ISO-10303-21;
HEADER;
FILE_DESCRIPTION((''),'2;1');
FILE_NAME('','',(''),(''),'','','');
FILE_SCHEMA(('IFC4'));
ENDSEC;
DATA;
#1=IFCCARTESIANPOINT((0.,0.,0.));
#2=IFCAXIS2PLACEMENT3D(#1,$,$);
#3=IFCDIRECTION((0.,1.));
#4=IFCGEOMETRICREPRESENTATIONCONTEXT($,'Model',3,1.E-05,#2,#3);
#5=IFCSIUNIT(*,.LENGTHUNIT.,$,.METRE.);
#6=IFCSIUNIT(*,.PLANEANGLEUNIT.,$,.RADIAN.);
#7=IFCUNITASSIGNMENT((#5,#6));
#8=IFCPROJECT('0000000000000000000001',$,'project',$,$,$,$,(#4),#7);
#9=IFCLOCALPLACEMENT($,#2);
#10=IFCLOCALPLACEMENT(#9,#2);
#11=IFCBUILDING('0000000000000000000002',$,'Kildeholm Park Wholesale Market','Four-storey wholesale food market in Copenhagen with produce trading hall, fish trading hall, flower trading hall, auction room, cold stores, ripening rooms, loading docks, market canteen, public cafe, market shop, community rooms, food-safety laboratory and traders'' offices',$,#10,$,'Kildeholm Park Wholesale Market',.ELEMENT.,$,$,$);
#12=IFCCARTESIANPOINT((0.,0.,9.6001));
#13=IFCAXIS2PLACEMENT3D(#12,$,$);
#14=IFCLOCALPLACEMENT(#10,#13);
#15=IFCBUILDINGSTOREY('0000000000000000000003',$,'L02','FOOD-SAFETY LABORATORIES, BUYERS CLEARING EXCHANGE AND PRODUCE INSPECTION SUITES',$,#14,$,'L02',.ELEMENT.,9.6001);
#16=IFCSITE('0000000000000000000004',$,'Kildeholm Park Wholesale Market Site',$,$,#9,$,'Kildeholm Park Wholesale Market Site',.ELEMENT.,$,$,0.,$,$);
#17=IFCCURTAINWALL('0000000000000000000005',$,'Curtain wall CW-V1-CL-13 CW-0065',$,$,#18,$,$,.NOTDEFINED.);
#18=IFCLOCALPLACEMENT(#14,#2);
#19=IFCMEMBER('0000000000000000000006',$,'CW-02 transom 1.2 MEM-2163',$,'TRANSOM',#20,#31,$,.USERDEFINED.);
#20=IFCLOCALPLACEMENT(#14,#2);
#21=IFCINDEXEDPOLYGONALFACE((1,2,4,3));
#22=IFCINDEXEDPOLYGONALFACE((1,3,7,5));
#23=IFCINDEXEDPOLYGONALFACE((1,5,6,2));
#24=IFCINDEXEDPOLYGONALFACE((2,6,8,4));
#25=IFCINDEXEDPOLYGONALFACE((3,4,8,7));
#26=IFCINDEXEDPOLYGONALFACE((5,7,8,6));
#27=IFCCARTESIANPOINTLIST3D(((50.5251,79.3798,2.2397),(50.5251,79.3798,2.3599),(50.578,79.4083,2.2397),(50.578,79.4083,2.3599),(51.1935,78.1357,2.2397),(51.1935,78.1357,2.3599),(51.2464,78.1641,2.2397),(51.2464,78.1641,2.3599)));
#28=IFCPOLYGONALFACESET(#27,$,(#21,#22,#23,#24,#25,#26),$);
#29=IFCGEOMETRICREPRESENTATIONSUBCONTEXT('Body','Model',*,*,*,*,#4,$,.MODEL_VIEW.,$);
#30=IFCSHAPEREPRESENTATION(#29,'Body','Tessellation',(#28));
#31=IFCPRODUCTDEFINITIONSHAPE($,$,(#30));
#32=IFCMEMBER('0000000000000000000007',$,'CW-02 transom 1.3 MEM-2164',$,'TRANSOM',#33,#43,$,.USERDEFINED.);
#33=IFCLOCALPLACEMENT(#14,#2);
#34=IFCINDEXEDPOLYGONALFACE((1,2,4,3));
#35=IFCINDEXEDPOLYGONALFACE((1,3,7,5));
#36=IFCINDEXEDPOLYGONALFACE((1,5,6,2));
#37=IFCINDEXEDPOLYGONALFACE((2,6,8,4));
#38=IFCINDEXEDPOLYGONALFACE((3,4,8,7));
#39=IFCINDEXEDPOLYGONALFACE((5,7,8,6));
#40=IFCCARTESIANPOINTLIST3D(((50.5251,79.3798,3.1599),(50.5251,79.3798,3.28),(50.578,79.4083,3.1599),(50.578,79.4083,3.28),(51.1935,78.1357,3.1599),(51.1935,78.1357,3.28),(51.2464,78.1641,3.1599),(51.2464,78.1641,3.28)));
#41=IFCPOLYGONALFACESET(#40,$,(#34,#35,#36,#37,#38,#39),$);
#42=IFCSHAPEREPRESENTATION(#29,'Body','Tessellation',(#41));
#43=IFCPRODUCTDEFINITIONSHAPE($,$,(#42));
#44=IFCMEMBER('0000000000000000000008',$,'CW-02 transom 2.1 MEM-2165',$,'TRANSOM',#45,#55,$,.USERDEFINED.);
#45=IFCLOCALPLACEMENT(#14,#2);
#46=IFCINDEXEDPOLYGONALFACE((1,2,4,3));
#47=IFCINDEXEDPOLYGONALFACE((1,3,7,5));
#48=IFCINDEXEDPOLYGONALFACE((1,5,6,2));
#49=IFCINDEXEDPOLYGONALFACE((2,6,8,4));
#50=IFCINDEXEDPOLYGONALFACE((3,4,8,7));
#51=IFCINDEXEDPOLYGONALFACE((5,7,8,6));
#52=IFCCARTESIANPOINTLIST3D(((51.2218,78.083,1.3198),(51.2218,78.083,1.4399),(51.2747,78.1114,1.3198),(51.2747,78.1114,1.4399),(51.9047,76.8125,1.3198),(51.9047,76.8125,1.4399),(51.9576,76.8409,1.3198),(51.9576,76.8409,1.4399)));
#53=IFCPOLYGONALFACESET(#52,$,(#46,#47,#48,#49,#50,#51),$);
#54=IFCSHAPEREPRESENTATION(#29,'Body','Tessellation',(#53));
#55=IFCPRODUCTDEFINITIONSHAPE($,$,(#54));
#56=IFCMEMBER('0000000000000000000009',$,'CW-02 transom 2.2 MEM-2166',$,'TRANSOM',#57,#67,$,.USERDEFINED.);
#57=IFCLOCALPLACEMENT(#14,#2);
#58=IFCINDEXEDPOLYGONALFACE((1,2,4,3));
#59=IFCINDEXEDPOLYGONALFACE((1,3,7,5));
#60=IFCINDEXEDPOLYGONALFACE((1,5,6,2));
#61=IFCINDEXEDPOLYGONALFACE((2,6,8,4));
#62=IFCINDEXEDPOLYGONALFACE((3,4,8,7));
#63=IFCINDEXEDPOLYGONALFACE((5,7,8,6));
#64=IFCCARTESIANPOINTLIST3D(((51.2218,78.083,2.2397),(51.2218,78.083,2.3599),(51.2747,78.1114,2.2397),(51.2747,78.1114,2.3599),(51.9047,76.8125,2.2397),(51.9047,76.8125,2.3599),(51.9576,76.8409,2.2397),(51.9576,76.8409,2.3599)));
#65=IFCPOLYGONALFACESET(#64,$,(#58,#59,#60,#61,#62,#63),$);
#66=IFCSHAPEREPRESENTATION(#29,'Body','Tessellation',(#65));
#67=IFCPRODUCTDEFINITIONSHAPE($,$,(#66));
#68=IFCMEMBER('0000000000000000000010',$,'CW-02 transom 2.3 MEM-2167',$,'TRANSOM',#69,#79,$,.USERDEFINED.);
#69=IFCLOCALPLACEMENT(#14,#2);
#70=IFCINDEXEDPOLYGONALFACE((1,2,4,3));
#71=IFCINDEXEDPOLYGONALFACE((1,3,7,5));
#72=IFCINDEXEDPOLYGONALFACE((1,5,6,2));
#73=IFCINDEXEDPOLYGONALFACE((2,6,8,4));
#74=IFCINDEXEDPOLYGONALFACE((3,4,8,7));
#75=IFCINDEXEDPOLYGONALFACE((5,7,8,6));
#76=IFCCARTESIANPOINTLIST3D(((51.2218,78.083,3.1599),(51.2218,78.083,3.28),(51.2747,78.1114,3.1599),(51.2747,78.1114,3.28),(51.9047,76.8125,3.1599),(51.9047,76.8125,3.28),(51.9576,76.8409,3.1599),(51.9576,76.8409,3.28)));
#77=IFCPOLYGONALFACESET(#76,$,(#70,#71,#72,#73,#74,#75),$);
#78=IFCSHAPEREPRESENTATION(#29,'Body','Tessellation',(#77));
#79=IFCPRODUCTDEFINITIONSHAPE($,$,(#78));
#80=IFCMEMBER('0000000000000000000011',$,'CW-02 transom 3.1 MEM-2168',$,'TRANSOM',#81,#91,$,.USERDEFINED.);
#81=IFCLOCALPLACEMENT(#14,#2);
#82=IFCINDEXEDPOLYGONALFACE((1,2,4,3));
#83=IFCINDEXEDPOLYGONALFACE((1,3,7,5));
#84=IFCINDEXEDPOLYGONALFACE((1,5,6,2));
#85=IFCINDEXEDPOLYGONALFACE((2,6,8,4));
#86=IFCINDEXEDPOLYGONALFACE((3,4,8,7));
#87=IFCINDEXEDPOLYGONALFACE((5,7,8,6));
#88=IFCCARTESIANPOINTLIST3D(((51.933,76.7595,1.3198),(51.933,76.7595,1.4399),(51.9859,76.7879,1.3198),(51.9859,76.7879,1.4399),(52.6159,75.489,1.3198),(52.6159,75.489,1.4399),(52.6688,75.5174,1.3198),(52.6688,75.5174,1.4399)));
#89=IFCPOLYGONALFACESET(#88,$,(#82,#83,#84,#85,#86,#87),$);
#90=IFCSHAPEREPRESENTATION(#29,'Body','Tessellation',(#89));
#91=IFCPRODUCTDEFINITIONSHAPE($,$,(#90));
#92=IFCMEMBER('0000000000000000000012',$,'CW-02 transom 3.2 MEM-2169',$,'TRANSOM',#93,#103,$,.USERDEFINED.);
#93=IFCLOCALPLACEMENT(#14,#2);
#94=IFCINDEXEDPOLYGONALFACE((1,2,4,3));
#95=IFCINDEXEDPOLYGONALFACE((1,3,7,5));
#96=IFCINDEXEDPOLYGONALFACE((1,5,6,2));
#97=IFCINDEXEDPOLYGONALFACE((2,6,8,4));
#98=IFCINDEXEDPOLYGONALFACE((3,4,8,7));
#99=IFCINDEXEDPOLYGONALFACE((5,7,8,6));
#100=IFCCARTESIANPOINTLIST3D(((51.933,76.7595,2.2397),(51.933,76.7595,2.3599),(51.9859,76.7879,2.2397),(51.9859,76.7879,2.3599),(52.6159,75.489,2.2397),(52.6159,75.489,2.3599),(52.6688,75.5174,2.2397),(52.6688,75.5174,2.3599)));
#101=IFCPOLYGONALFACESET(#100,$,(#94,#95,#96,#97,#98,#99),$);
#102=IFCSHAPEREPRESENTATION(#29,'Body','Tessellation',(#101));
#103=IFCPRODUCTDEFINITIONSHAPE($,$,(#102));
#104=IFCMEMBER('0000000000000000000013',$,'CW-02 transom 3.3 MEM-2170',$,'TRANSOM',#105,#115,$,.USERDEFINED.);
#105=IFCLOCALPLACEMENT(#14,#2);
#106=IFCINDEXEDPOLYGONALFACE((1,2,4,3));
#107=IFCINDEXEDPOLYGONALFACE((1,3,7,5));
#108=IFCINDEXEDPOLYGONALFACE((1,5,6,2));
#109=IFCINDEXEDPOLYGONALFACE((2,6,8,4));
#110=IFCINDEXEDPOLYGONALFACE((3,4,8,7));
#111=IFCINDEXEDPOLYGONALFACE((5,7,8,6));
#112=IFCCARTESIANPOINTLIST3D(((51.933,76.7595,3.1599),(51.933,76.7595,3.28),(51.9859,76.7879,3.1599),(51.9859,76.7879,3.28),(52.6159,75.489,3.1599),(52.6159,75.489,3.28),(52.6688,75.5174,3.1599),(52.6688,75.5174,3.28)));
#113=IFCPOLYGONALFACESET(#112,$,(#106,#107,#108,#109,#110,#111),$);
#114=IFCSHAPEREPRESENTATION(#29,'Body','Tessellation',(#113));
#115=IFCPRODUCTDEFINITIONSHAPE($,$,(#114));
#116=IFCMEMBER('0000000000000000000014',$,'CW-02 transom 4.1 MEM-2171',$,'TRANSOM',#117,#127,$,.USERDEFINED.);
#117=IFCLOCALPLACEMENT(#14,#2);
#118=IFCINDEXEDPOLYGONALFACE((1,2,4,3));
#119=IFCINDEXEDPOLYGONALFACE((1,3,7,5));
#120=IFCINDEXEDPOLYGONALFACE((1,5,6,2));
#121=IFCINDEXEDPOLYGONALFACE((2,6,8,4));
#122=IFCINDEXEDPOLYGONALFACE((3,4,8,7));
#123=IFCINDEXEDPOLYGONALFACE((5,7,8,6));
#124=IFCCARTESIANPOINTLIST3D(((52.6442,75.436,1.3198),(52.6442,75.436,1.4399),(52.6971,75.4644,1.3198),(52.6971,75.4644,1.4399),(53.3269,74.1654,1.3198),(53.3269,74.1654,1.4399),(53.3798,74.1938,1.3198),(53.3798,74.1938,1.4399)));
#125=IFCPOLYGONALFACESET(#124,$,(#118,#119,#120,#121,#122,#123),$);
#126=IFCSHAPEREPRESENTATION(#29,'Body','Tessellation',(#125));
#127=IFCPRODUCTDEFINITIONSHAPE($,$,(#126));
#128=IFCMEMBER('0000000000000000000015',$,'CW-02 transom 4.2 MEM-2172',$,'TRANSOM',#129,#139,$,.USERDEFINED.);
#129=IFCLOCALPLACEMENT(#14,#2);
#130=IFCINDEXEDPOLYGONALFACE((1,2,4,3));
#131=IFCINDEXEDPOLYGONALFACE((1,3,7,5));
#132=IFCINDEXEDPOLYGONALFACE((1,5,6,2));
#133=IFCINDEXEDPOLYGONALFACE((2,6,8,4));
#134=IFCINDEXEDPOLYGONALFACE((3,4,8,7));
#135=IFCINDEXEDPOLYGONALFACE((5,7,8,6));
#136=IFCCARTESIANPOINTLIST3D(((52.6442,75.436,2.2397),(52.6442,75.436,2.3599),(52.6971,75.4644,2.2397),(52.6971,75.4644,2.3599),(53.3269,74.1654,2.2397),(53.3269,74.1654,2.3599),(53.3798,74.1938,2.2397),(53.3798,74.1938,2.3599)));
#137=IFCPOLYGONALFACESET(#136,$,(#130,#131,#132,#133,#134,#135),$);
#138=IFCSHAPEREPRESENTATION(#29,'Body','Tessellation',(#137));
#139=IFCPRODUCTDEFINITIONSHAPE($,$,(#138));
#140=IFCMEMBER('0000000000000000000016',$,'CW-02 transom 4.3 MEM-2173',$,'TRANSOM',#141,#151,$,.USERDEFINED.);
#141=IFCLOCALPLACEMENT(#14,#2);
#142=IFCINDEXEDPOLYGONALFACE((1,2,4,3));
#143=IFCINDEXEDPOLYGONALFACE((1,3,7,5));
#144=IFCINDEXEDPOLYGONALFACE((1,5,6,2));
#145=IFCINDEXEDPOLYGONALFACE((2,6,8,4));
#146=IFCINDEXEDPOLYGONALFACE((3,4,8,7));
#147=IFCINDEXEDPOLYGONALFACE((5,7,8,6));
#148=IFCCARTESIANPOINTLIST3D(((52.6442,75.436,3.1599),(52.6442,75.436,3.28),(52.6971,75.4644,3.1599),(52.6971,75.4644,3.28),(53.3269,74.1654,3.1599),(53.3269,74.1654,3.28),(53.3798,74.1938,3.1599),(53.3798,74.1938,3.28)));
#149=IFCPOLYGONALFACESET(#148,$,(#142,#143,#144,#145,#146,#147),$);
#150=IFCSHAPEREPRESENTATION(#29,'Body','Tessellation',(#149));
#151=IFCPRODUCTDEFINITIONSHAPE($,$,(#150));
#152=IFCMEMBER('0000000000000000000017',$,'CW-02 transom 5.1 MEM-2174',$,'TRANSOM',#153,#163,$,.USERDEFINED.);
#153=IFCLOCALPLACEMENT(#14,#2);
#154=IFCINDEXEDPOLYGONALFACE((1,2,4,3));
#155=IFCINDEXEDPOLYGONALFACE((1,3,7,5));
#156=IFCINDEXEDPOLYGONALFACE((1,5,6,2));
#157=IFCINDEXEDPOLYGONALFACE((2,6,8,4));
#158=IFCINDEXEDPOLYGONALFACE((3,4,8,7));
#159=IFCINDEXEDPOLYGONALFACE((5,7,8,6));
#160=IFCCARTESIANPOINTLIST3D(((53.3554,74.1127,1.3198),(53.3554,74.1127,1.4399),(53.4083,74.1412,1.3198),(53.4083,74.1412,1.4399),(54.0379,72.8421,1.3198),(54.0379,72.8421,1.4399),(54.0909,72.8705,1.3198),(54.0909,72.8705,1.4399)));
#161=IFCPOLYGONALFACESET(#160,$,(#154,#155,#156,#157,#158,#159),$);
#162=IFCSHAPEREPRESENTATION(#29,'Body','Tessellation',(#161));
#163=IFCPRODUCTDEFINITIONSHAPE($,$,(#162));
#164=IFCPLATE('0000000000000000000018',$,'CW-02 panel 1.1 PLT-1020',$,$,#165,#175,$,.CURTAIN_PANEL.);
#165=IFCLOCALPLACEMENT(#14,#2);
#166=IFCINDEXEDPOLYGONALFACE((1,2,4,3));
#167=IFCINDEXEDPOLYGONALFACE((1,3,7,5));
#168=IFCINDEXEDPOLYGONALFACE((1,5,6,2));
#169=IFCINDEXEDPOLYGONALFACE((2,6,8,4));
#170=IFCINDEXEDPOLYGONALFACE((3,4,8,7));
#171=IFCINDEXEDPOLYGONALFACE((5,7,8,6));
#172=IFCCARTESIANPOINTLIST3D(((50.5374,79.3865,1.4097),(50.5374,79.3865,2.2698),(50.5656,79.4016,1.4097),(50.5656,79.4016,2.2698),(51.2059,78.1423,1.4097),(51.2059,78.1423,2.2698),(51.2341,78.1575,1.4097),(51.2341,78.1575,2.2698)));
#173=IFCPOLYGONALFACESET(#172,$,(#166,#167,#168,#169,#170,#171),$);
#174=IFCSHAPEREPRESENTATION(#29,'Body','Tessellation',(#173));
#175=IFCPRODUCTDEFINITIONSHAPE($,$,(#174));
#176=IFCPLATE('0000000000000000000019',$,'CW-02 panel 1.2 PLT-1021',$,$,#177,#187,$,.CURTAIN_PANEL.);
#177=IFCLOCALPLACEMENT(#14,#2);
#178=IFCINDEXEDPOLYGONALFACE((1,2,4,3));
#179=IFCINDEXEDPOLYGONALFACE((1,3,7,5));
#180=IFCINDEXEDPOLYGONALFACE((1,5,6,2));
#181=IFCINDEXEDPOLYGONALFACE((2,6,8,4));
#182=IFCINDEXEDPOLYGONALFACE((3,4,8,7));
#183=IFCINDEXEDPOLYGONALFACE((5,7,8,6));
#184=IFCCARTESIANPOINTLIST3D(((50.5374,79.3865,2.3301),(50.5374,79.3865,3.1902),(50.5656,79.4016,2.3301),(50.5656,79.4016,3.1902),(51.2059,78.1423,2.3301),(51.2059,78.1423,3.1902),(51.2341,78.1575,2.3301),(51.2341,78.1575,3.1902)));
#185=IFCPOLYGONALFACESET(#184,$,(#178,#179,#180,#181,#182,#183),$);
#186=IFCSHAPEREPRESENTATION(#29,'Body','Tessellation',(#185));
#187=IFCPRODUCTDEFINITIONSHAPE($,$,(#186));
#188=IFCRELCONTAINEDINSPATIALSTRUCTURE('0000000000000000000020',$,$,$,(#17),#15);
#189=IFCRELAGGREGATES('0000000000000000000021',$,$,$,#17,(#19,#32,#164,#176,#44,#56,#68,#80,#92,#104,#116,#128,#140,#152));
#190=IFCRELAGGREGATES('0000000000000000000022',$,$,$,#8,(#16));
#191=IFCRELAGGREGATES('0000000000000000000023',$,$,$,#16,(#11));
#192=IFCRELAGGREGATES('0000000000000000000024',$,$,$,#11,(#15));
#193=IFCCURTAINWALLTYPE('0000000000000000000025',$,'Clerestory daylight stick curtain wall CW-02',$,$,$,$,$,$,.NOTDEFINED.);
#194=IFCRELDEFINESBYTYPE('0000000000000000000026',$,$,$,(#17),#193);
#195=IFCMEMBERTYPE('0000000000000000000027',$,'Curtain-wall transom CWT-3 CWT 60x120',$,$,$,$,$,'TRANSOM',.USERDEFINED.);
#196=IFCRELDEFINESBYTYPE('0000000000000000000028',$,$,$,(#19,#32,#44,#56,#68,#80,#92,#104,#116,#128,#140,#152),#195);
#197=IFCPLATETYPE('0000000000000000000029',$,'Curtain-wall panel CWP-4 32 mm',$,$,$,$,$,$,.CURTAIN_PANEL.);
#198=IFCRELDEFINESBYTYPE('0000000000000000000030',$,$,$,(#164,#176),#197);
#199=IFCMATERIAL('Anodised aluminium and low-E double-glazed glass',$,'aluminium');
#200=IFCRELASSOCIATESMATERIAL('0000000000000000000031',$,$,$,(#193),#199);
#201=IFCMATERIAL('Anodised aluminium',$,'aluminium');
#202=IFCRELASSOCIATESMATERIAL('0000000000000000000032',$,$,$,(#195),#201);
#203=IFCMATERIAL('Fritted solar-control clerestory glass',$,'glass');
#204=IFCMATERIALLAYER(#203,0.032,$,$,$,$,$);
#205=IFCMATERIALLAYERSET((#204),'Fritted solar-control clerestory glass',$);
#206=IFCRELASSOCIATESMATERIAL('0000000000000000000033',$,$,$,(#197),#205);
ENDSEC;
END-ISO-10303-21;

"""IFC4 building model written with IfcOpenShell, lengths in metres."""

from ifc_helpers import new_model, si_unit, direction, frame, origin, origin_2d, place, context, subcontext, project, spatial, rectangle, extrude, material, layer, layer_set, material_profile, profile_set, type_object, element, aggregate, save


model = new_model("IFC4")

# Units and contexts
model_context = context("Model", 3, precision=1e-05, world=origin(), true_north=direction((0.0, 1.0)))
body_context = subcontext(model_context, "Body", "Model", "MODEL_VIEW")
ifc_project = project(units=[si_unit("LENGTHUNIT", "METRE"), si_unit("PLANEANGLEUNIT", "RADIAN")], contexts=[model_context])

# Site, building, storey
site_placement = place(None, origin())
site = spatial("IfcSite", under=ifc_project, at=site_placement, Name="Kildeholm Park Wholesale Market Site", LongName="Kildeholm Park Wholesale Market Site", CompositionType="ELEMENT", RefElevation=0.0)
building_placement = place(site_placement, origin())
building = spatial("IfcBuilding", under=site, at=building_placement, Name="Kildeholm Park Wholesale Market", Description="Four-storey wholesale food market in Copenhagen with produce trading hall, fish trading hall, flower trading hall, auction room, cold stores, ripening rooms, loading docks, market canteen, public cafe, market shop, community rooms, food-safety laboratory and traders' offices", LongName="Kildeholm Park Wholesale Market", CompositionType="ELEMENT")
storey_placement = place(building_placement, frame((0.0, 0.0, 9.6001)))
storey = spatial("IfcBuildingStorey", under=building, at=storey_placement, Name="L02", Description="FOOD-SAFETY LABORATORIES, BUYERS CLEARING EXCHANGE AND PRODUCE INSPECTION SUITES", LongName="L02", CompositionType="ELEMENT", Elevation=9.6001)

# Curtain wall, members, plates
ifc_material_1 = material(Name="Anodised aluminium and low-E double-glazed glass", Category="aluminium")
curtain_wall_type = type_object("IfcCurtainWallType", Name="Clerestory daylight stick curtain wall CW-02", PredefinedType="NOTDEFINED", material=ifc_material_1)
curtain_wall_placement = place(storey_placement, origin())
curtain_wall = element("IfcCurtainWall", 1, at=curtain_wall_placement, inside=storey, type_object=curtain_wall_type, Name="Curtain wall CW-V1-CL-13 CW-0065", PredefinedType="NOTDEFINED")
ifc_material_2 = material(Name="Anodised aluminium", Category="aluminium")
ifc_material_profile_1 = material_profile(ifc_material_2, rectangle(XDim=0.0601, YDim=0.1201, at=origin_2d()), Name="CWT 60x120")
ifc_profile_set_1 = profile_set([ifc_material_profile_1], Name="Anodised aluminium")
member_type_1 = type_object("IfcMemberType", Name="Curtain-wall transom CWT-3 CWT 60x120", ElementType="TRANSOM", PredefinedType="USERDEFINED", material=ifc_profile_set_1)
member_1_placement = place(storey_placement, frame((50.5515, 79.394, 2.2998), z_axis=(0.473296, -0.880904, 0.0), x_axis=(0.880904, 0.473296, 0.0)))
member_1 = element("IfcMember", 2, at=member_1_placement, type_object=member_type_1, Name="CW-02 transom 1.2 MEM-2163", ObjectType="TRANSOM", PredefinedType="USERDEFINED", context=body_context, shape_type="SweptSolid", body=[
    extrude(rectangle(XDim=0.0601, YDim=0.1201, at=origin_2d()), origin(), (0.0, 0.0, 1.0), 1.4124),
])
member_2_placement = place(storey_placement, frame((50.5515, 79.394, 3.22), z_axis=(0.473296, -0.880904, 0.0), x_axis=(0.880904, 0.473296, 0.0)))
member_2 = element("IfcMember", 3, at=member_2_placement, type_object=member_type_1, Name="CW-02 transom 1.3 MEM-2164", ObjectType="TRANSOM", PredefinedType="USERDEFINED", context=body_context, shape_type="SweptSolid", body=[
    extrude(rectangle(XDim=0.0601, YDim=0.1201, at=origin_2d()), origin(), (0.0, 0.0, 1.0), 1.4124),
])
member_3_placement = place(storey_placement, frame((51.2483, 78.0972, 1.3799), z_axis=(0.473423, -0.880835, 0.0), x_axis=(0.880835, 0.473423, 0.0)))
member_3 = element("IfcMember", 4, at=member_3_placement, type_object=member_type_1, Name="CW-02 transom 2.1 MEM-2165", ObjectType="TRANSOM", PredefinedType="USERDEFINED", context=body_context, shape_type="SweptSolid", body=[
    extrude(rectangle(XDim=0.0601, YDim=0.1201, at=origin_2d()), origin(), (0.0, 0.0, 1.0), 1.4424),
])
member_4_placement = place(storey_placement, frame((51.2483, 78.0972, 2.2998), z_axis=(0.473423, -0.880835, 0.0), x_axis=(0.880835, 0.473423, 0.0)))
member_4 = element("IfcMember", 5, at=member_4_placement, type_object=member_type_1, Name="CW-02 transom 2.2 MEM-2166", ObjectType="TRANSOM", PredefinedType="USERDEFINED", context=body_context, shape_type="SweptSolid", body=[
    extrude(rectangle(XDim=0.0601, YDim=0.1201, at=origin_2d()), origin(), (0.0, 0.0, 1.0), 1.4424),
])
member_5_placement = place(storey_placement, frame((51.2483, 78.0972, 3.22), z_axis=(0.473423, -0.880835, 0.0), x_axis=(0.880835, 0.473423, 0.0)))
member_5 = element("IfcMember", 6, at=member_5_placement, type_object=member_type_1, Name="CW-02 transom 2.3 MEM-2167", ObjectType="TRANSOM", PredefinedType="USERDEFINED", context=body_context, shape_type="SweptSolid", body=[
    extrude(rectangle(XDim=0.0601, YDim=0.1201, at=origin_2d()), origin(), (0.0, 0.0, 1.0), 1.4424),
])
member_6_placement = place(storey_placement, frame((51.9595, 76.7737, 1.3799), z_axis=(0.473423, -0.880835, 0.0), x_axis=(0.880835, 0.473423, 0.0)))
member_6 = element("IfcMember", 7, at=member_6_placement, type_object=member_type_1, Name="CW-02 transom 3.1 MEM-2168", ObjectType="TRANSOM", PredefinedType="USERDEFINED", context=body_context, shape_type="SweptSolid", body=[
    extrude(rectangle(XDim=0.0601, YDim=0.1201, at=origin_2d()), origin(), (0.0, 0.0, 1.0), 1.4424),
])
member_7_placement = place(storey_placement, frame((51.9595, 76.7737, 2.2998), z_axis=(0.473423, -0.880835, 0.0), x_axis=(0.880835, 0.473423, 0.0)))
member_7 = element("IfcMember", 8, at=member_7_placement, type_object=member_type_1, Name="CW-02 transom 3.2 MEM-2169", ObjectType="TRANSOM", PredefinedType="USERDEFINED", context=body_context, shape_type="SweptSolid", body=[
    extrude(rectangle(XDim=0.0601, YDim=0.1201, at=origin_2d()), origin(), (0.0, 0.0, 1.0), 1.4424),
])
member_8_placement = place(storey_placement, frame((51.9595, 76.7737, 3.22), z_axis=(0.473423, -0.880835, 0.0), x_axis=(0.880835, 0.473423, 0.0)))
member_8 = element("IfcMember", 9, at=member_8_placement, type_object=member_type_1, Name="CW-02 transom 3.3 MEM-2170", ObjectType="TRANSOM", PredefinedType="USERDEFINED", context=body_context, shape_type="SweptSolid", body=[
    extrude(rectangle(XDim=0.0601, YDim=0.1201, at=origin_2d()), origin(), (0.0, 0.0, 1.0), 1.4424),
])
member_9_placement = place(storey_placement, frame((52.6707, 75.4502, 1.3799), z_axis=(0.473292, -0.880906, 0.0), x_axis=(0.880906, 0.473292, 0.0)))
member_9 = element("IfcMember", 10, at=member_9_placement, type_object=member_type_1, Name="CW-02 transom 4.1 MEM-2171", ObjectType="TRANSOM", PredefinedType="USERDEFINED", context=body_context, shape_type="SweptSolid", body=[
    extrude(rectangle(XDim=0.0601, YDim=0.1201, at=origin_2d()), origin(), (0.0, 0.0, 1.0), 1.4424),
])
member_10_placement = place(storey_placement, frame((52.6707, 75.4502, 2.2998), z_axis=(0.473292, -0.880906, 0.0), x_axis=(0.880906, 0.473292, 0.0)))
member_10 = element("IfcMember", 11, at=member_10_placement, type_object=member_type_1, Name="CW-02 transom 4.2 MEM-2172", ObjectType="TRANSOM", PredefinedType="USERDEFINED", context=body_context, shape_type="SweptSolid", body=[
    extrude(rectangle(XDim=0.0601, YDim=0.1201, at=origin_2d()), origin(), (0.0, 0.0, 1.0), 1.4424),
])
member_11_placement = place(storey_placement, frame((52.6707, 75.4502, 3.22), z_axis=(0.473292, -0.880906, 0.0), x_axis=(0.880906, 0.473292, 0.0)))
member_11 = element("IfcMember", 12, at=member_11_placement, type_object=member_type_1, Name="CW-02 transom 4.3 MEM-2173", ObjectType="TRANSOM", PredefinedType="USERDEFINED", context=body_context, shape_type="SweptSolid", body=[
    extrude(rectangle(XDim=0.0601, YDim=0.1201, at=origin_2d()), origin(), (0.0, 0.0, 1.0), 1.4424),
])
member_12_placement = place(storey_placement, frame((53.3818, 74.127, 1.3799), z_axis=(0.473222, -0.880943, 0.0), x_axis=(0.880943, 0.473222, 0.0)))
member_12 = element("IfcMember", 13, at=member_12_placement, type_object=member_type_1, Name="CW-02 transom 5.1 MEM-2174", ObjectType="TRANSOM", PredefinedType="USERDEFINED", context=body_context, shape_type="SweptSolid", body=[
    extrude(rectangle(XDim=0.0601, YDim=0.1201, at=origin_2d()), origin(), (0.0, 0.0, 1.0), 1.4424),
])
ifc_material_3 = material(Name="Fritted solar-control clerestory glass", Category="glass")
ifc_layer = layer(ifc_material_3, 0.032)
ifc_layer_set = layer_set([ifc_layer], Name="Fritted solar-control clerestory glass")
plate_type = type_object("IfcPlateType", Name="Curtain-wall panel CWP-4 32 mm", PredefinedType="CURTAIN_PANEL", material=ifc_layer_set)
plate_1_placement = place(storey_placement, frame((50.8857, 78.772, 1.4097), z_axis=(0.0, 0.0, 1.0), x_axis=(0.47334, -0.88088, 0.0)))
plate_1 = element("IfcPlate", 14, at=plate_1_placement, type_object=plate_type, Name="CW-02 panel 1.1 PLT-1020", PredefinedType="CURTAIN_PANEL", context=body_context, shape_type="SweptSolid", body=[
    extrude(rectangle(XDim=1.4124, YDim=0.032, at=origin_2d()), origin(), (0.0, 0.0, 1.0), 0.8601),
])
plate_2_placement = place(storey_placement, frame((50.8857, 78.772, 2.3301), z_axis=(0.0, 0.0, 1.0), x_axis=(0.47334, -0.88088, 0.0)))
plate_2 = element("IfcPlate", 15, at=plate_2_placement, type_object=plate_type, Name="CW-02 panel 1.2 PLT-1021", PredefinedType="CURTAIN_PANEL", context=body_context, shape_type="SweptSolid", body=[
    extrude(rectangle(XDim=1.4124, YDim=0.032, at=origin_2d()), origin(), (0.0, 0.0, 1.0), 0.8601),
])
aggregate(curtain_wall, [member_1, member_2, plate_1, plate_2, member_3, member_4, member_5, member_6, member_7, member_8, member_9, member_10, member_11, member_12])

save(model, "model.ifc")
